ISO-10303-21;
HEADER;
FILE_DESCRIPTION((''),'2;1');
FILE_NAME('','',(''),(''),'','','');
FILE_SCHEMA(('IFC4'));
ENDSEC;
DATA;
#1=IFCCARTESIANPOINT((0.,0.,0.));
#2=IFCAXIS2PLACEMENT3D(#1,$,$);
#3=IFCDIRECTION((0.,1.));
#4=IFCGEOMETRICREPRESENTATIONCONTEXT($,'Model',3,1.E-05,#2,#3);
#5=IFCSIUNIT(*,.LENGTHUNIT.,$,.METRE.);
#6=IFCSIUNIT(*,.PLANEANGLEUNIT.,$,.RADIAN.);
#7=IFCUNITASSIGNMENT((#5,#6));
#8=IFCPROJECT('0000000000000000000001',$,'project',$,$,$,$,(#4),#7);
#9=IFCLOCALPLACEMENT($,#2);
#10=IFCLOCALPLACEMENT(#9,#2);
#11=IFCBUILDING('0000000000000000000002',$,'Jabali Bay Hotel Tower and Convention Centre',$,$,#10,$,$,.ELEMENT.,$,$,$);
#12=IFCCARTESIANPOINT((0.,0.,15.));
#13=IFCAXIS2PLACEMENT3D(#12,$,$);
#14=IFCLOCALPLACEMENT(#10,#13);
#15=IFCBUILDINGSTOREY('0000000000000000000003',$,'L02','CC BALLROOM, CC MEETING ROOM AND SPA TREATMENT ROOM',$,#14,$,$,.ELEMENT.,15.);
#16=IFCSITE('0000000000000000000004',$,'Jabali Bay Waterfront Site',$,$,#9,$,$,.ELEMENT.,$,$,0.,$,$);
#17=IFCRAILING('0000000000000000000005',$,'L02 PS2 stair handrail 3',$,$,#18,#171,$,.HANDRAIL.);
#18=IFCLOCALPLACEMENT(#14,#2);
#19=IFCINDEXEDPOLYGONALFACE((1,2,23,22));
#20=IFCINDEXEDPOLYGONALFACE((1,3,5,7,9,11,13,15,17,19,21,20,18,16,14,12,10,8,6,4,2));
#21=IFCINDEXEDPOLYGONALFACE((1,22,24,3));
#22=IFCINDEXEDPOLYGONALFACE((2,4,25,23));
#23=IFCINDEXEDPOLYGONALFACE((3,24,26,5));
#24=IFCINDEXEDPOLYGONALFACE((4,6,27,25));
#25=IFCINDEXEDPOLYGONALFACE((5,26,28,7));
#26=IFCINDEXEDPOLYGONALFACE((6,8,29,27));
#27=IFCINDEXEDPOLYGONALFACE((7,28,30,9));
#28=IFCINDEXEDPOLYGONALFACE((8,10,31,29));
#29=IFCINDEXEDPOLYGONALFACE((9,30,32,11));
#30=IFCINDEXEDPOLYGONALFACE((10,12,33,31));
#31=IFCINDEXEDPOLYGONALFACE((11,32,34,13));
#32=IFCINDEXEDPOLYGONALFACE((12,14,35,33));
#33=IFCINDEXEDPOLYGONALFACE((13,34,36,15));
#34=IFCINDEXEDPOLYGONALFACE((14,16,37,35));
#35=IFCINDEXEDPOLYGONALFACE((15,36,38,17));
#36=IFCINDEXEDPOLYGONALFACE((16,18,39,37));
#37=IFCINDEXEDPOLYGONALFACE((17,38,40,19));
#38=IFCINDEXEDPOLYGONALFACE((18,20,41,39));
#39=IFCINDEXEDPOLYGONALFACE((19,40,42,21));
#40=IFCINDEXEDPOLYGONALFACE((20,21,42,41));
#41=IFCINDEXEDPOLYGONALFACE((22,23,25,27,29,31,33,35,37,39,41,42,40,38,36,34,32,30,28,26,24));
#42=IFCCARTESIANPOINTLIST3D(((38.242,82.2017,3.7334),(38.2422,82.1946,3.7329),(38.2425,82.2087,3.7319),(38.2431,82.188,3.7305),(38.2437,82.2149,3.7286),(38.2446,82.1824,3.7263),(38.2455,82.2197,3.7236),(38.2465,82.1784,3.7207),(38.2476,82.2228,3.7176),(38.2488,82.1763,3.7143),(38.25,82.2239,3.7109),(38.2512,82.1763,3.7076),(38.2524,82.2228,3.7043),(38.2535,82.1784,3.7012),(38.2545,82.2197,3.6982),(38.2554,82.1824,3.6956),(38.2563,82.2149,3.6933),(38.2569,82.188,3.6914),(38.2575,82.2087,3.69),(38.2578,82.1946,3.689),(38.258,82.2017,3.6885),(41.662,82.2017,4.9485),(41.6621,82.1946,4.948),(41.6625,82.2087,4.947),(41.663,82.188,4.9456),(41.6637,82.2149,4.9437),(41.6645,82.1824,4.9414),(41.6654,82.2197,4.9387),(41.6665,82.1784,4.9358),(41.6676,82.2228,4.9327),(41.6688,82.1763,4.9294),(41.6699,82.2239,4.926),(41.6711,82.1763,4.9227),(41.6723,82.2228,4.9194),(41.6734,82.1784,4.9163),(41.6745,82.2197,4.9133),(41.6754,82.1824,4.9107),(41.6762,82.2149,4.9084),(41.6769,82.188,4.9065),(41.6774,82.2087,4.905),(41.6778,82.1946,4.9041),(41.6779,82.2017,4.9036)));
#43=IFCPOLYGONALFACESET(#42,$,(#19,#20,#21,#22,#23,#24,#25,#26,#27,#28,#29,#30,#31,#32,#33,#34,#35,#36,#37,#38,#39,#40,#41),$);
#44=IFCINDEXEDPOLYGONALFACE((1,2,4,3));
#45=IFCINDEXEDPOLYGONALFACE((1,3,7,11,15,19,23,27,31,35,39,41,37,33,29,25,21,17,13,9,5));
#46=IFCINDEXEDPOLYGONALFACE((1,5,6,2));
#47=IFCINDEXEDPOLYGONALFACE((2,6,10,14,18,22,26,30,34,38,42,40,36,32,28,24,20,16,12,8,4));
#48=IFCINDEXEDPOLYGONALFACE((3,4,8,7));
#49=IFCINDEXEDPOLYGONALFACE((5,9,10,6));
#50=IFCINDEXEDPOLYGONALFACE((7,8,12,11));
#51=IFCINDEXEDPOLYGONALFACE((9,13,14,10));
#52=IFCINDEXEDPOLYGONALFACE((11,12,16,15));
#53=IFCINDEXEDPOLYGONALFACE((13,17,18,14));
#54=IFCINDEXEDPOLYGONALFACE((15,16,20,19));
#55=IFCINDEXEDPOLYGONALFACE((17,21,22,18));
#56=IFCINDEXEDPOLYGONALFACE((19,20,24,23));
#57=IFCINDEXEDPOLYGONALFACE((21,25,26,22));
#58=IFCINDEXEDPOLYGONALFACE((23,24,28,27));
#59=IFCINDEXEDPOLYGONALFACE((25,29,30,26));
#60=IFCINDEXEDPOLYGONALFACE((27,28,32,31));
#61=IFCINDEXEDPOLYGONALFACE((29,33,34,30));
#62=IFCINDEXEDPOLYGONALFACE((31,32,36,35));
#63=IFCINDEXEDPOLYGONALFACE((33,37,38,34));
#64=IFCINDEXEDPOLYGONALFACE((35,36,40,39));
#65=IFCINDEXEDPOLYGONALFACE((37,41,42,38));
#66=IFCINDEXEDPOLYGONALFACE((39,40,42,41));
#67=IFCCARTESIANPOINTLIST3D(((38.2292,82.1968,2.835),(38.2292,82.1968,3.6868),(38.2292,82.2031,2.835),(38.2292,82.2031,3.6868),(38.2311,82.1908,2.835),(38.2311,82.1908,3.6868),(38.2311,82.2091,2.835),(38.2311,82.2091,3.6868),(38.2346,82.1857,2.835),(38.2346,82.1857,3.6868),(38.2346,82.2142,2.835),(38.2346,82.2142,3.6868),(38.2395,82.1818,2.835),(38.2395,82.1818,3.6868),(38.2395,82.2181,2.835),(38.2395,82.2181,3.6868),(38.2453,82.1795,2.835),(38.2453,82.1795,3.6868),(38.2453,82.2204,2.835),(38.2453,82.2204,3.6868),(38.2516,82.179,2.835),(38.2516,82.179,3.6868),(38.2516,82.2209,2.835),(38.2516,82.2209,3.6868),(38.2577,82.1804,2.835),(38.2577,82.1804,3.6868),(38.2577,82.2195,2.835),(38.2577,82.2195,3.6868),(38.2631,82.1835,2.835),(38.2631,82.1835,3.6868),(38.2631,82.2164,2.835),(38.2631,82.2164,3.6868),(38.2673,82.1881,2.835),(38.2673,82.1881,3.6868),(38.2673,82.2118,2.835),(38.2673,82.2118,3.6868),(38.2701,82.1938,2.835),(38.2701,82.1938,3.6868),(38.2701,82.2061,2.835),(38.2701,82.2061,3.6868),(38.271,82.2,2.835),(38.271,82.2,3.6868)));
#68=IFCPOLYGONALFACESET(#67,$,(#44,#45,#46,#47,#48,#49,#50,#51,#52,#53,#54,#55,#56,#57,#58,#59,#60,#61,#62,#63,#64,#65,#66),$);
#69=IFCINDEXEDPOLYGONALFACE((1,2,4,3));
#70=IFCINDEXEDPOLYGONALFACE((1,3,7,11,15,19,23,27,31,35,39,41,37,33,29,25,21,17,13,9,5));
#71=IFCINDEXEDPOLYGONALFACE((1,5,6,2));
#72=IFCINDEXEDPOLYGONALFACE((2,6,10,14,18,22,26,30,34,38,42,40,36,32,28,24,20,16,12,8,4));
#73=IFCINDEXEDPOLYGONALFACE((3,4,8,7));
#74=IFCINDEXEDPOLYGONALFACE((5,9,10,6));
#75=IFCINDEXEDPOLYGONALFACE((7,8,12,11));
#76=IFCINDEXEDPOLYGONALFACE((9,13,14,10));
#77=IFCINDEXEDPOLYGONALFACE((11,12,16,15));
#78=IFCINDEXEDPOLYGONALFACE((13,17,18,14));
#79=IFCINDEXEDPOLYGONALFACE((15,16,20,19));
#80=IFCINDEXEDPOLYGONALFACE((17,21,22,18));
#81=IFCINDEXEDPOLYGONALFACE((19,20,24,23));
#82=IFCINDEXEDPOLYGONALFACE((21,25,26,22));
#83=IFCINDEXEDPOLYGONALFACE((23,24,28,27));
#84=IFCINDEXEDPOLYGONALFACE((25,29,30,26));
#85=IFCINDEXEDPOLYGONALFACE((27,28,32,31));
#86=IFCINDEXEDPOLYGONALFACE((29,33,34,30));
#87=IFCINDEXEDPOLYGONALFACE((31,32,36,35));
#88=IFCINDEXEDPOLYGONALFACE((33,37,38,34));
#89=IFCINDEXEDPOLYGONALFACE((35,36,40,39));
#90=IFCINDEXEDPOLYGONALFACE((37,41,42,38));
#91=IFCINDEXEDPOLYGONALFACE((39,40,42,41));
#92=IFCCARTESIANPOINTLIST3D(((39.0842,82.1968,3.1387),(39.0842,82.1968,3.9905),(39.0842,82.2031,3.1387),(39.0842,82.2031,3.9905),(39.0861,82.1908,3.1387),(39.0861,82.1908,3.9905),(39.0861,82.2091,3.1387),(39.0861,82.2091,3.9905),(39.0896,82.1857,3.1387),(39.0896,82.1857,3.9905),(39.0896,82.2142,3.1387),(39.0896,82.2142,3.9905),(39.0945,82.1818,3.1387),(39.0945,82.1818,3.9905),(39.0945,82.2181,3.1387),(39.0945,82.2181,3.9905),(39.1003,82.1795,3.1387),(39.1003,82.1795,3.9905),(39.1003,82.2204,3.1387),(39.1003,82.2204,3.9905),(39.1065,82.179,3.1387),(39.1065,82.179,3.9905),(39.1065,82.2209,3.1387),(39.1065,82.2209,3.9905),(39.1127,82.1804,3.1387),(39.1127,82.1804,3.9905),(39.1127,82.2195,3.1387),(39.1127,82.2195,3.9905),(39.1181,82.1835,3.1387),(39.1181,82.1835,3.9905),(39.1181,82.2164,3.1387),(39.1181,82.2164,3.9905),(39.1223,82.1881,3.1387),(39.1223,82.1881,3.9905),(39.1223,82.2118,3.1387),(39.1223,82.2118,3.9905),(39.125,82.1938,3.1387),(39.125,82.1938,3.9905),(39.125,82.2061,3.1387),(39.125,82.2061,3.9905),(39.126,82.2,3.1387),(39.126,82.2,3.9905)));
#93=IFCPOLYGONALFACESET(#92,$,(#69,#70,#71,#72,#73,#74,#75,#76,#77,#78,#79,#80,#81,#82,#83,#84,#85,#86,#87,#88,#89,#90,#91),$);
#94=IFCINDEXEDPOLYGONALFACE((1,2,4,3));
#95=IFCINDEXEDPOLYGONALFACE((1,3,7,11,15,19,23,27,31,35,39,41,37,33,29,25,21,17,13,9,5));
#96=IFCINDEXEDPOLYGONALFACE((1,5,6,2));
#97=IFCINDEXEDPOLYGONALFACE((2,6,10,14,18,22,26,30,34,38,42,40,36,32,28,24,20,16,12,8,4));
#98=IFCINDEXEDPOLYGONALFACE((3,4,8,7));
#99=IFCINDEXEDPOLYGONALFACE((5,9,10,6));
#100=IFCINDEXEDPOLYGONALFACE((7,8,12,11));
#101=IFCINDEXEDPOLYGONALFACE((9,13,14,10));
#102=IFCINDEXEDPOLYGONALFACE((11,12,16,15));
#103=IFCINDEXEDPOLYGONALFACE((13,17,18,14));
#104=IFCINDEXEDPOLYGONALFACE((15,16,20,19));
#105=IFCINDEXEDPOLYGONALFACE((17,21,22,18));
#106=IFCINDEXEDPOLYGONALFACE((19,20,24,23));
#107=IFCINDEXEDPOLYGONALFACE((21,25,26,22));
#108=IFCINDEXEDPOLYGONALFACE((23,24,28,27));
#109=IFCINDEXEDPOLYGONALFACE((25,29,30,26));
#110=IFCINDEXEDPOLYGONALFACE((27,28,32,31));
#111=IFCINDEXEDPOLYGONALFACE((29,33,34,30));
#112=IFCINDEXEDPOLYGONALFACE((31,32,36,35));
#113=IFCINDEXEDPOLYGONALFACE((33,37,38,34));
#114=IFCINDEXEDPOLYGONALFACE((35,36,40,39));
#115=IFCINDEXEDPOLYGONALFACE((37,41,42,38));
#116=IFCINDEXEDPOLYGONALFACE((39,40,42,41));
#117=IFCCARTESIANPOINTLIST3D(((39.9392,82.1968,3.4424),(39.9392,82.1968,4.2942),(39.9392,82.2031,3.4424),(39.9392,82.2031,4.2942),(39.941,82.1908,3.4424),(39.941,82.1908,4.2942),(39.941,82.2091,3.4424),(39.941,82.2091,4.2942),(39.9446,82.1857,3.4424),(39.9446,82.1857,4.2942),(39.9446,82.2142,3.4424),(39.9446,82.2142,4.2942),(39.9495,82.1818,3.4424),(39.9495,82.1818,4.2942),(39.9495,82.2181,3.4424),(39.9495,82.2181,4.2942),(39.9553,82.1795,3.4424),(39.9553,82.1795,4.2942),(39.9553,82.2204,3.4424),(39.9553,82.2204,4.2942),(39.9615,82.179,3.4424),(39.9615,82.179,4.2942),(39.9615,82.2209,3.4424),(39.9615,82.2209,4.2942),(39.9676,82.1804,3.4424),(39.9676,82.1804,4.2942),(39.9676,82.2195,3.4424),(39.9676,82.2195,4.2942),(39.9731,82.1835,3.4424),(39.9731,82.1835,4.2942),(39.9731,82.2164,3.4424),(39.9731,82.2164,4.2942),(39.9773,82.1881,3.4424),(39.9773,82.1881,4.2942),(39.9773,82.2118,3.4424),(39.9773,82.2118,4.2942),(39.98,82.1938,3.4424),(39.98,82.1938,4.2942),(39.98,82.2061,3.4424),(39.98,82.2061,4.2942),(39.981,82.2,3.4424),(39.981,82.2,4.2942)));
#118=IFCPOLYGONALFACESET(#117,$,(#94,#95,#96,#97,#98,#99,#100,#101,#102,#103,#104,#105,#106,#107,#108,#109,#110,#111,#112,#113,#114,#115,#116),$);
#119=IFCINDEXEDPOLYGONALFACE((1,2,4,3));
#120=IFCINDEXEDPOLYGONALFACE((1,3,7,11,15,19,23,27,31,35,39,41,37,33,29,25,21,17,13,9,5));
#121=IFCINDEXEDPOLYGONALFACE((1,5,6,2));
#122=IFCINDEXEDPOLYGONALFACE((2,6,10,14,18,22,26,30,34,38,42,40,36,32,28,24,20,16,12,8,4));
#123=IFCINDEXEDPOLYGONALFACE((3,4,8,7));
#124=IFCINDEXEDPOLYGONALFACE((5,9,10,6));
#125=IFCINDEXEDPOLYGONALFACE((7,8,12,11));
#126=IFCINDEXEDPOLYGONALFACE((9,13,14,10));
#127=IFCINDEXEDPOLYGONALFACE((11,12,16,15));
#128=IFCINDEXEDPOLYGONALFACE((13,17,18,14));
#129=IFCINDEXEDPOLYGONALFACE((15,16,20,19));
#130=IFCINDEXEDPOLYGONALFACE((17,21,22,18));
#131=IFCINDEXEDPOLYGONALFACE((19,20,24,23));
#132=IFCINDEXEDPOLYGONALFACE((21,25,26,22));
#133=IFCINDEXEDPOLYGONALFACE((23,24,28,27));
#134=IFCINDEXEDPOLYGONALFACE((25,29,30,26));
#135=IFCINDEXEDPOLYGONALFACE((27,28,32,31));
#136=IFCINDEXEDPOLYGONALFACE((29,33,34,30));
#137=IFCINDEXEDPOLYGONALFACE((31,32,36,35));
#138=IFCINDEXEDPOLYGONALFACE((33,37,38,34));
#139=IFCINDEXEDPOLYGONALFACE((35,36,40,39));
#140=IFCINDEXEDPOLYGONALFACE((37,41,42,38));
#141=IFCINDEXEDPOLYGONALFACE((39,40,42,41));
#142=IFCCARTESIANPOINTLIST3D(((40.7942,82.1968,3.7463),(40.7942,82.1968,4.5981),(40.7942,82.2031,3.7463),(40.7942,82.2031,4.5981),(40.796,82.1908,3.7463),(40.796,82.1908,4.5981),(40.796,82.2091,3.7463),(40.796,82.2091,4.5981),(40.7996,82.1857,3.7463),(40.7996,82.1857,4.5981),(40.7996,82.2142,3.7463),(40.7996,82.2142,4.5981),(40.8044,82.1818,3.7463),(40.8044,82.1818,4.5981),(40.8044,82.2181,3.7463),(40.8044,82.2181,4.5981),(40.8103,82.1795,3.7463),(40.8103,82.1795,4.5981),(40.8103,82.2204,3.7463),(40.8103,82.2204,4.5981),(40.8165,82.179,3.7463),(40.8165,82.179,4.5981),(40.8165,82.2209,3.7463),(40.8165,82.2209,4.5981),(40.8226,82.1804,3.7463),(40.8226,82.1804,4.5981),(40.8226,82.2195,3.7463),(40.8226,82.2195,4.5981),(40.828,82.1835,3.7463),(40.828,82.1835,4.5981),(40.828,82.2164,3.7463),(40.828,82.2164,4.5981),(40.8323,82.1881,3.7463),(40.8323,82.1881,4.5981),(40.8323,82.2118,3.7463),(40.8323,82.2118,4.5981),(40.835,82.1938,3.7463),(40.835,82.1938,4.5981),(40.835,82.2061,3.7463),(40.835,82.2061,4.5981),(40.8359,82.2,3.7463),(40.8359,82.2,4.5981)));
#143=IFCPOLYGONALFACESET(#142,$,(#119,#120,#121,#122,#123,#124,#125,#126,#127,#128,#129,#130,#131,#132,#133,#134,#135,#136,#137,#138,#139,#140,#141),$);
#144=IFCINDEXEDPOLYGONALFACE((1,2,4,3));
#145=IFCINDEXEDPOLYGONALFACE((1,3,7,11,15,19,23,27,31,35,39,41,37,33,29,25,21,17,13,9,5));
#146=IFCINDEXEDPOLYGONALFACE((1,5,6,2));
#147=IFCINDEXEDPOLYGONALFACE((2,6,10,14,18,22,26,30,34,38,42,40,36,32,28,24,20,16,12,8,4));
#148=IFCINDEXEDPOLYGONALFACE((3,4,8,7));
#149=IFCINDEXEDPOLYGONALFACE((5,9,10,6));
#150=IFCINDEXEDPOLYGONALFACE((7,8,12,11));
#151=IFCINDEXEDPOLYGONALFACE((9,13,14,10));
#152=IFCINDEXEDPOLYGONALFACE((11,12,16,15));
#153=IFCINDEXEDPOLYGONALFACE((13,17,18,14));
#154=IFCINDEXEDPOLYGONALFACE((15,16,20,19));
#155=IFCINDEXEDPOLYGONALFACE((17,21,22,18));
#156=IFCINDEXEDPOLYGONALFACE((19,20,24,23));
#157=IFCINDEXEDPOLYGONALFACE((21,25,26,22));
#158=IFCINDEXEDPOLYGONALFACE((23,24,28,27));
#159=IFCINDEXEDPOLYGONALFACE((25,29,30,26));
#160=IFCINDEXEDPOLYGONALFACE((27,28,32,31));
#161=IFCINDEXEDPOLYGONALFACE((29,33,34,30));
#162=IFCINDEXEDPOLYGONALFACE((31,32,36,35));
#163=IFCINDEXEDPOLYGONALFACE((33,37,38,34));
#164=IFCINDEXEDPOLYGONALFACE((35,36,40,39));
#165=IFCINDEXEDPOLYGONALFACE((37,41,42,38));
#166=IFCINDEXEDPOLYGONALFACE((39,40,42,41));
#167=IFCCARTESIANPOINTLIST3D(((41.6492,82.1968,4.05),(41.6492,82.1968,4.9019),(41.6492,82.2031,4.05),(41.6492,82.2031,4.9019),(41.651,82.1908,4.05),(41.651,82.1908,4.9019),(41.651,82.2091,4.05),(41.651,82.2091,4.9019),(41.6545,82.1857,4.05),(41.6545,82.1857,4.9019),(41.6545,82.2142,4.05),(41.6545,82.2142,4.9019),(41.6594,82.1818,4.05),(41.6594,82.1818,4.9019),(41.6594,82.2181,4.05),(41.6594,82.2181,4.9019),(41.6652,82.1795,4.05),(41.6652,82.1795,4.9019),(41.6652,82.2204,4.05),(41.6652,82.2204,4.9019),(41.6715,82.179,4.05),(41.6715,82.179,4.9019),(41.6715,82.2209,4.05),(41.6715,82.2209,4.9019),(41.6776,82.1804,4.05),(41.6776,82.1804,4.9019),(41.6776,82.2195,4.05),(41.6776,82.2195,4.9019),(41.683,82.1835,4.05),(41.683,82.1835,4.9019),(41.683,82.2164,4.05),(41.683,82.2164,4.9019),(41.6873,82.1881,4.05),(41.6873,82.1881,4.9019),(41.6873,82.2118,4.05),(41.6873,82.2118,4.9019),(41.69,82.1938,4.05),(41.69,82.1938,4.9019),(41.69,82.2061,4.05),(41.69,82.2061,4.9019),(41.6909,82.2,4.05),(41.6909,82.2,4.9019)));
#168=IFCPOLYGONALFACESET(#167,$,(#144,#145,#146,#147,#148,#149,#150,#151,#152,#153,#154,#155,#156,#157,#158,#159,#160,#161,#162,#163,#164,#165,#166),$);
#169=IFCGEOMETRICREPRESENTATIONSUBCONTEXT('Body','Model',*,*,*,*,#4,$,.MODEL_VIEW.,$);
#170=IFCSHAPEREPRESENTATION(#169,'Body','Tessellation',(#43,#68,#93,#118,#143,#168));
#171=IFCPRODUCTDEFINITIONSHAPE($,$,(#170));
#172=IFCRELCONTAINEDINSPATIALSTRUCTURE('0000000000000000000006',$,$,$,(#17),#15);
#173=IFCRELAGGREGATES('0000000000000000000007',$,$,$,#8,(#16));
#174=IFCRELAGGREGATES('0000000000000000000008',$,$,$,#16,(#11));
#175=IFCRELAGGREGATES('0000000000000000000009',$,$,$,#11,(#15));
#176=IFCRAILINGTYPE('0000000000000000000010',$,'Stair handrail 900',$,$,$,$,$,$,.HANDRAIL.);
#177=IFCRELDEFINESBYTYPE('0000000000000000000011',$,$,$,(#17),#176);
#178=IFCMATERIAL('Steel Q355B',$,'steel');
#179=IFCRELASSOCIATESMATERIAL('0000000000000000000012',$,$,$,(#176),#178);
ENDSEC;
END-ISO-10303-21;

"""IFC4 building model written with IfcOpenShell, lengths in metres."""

from ifc_helpers import new_model, si_unit, direction, frame, origin, origin_2d, place, context, subcontext, project, spatial, circle, extrude, material, type_object, element, save


model = new_model("IFC4")

# Units and contexts
model_context = context("Model", 3, precision=1e-05, world=origin(), true_north=direction((0.0, 1.0)))
body_context = subcontext(model_context, "Body", "Model", "MODEL_VIEW")
ifc_project = project(units=[si_unit("LENGTHUNIT", "METRE"), si_unit("PLANEANGLEUNIT", "RADIAN")], contexts=[model_context])

# Site, building, storey
site_placement = place(None, origin())
site = spatial("IfcSite", under=ifc_project, at=site_placement, Name="Jabali Bay Waterfront Site", CompositionType="ELEMENT", RefElevation=0.0)
building_placement = place(site_placement, origin())
building = spatial("IfcBuilding", under=site, at=building_placement, Name="Jabali Bay Hotel Tower and Convention Centre", CompositionType="ELEMENT")
storey_placement = place(building_placement, frame((0.0, 0.0, 15.0)))
storey = spatial("IfcBuildingStorey", under=building, at=storey_placement, Name="L02", Description="CC BALLROOM, CC MEETING ROOM AND SPA TREATMENT ROOM", CompositionType="ELEMENT", Elevation=15.0)

# Railing
ifc_material_1 = material(Name="Steel Q355B", Category="steel")
railing_type_1 = type_object("IfcRailingType", Name="Stair handrail 900", PredefinedType="HANDRAIL", material=ifc_material_1)
for number, where, name in (
    (1, (38.25, 82.2, 2.835), "L02 PS2 stair handrail 3"),
):
    element("IfcRailing", number, at=place(storey_placement, frame(where)), inside=storey, type_object=railing_type_1, Name=name, PredefinedType="HANDRAIL", context=body_context, shape_type="SweptSolid", body=[
        extrude(circle(Radius=0.0239, at=origin_2d()), frame((0.0, 0.0, 0.876), z_axis=(0.942292, 0.0, 0.334793), x_axis=(0.0, 1.0, 0.0)), (0.0, 0.0, 1.0), 3.6294),
        extrude(circle(Radius=0.021, at=origin_2d()), origin(), (0.0, 0.0, 1.0), 0.8518),
        extrude(circle(Radius=0.021, at=origin_2d()), frame((0.855, 0.0, 0.3037)), (0.0, 0.0, 1.0), 0.8518),
        extrude(circle(Radius=0.021, at=origin_2d()), frame((1.71, 0.0, 0.6074)), (0.0, 0.0, 1.0), 0.8518),
        extrude(circle(Radius=0.021, at=origin_2d()), frame((2.5649, 0.0, 0.9114)), (0.0, 0.0, 1.0), 0.8518),
        extrude(circle(Radius=0.021, at=origin_2d()), frame((3.4199, 0.0, 1.2151)), (0.0, 0.0, 1.0), 0.8518),
    ])

save(model, "model.ifc")
